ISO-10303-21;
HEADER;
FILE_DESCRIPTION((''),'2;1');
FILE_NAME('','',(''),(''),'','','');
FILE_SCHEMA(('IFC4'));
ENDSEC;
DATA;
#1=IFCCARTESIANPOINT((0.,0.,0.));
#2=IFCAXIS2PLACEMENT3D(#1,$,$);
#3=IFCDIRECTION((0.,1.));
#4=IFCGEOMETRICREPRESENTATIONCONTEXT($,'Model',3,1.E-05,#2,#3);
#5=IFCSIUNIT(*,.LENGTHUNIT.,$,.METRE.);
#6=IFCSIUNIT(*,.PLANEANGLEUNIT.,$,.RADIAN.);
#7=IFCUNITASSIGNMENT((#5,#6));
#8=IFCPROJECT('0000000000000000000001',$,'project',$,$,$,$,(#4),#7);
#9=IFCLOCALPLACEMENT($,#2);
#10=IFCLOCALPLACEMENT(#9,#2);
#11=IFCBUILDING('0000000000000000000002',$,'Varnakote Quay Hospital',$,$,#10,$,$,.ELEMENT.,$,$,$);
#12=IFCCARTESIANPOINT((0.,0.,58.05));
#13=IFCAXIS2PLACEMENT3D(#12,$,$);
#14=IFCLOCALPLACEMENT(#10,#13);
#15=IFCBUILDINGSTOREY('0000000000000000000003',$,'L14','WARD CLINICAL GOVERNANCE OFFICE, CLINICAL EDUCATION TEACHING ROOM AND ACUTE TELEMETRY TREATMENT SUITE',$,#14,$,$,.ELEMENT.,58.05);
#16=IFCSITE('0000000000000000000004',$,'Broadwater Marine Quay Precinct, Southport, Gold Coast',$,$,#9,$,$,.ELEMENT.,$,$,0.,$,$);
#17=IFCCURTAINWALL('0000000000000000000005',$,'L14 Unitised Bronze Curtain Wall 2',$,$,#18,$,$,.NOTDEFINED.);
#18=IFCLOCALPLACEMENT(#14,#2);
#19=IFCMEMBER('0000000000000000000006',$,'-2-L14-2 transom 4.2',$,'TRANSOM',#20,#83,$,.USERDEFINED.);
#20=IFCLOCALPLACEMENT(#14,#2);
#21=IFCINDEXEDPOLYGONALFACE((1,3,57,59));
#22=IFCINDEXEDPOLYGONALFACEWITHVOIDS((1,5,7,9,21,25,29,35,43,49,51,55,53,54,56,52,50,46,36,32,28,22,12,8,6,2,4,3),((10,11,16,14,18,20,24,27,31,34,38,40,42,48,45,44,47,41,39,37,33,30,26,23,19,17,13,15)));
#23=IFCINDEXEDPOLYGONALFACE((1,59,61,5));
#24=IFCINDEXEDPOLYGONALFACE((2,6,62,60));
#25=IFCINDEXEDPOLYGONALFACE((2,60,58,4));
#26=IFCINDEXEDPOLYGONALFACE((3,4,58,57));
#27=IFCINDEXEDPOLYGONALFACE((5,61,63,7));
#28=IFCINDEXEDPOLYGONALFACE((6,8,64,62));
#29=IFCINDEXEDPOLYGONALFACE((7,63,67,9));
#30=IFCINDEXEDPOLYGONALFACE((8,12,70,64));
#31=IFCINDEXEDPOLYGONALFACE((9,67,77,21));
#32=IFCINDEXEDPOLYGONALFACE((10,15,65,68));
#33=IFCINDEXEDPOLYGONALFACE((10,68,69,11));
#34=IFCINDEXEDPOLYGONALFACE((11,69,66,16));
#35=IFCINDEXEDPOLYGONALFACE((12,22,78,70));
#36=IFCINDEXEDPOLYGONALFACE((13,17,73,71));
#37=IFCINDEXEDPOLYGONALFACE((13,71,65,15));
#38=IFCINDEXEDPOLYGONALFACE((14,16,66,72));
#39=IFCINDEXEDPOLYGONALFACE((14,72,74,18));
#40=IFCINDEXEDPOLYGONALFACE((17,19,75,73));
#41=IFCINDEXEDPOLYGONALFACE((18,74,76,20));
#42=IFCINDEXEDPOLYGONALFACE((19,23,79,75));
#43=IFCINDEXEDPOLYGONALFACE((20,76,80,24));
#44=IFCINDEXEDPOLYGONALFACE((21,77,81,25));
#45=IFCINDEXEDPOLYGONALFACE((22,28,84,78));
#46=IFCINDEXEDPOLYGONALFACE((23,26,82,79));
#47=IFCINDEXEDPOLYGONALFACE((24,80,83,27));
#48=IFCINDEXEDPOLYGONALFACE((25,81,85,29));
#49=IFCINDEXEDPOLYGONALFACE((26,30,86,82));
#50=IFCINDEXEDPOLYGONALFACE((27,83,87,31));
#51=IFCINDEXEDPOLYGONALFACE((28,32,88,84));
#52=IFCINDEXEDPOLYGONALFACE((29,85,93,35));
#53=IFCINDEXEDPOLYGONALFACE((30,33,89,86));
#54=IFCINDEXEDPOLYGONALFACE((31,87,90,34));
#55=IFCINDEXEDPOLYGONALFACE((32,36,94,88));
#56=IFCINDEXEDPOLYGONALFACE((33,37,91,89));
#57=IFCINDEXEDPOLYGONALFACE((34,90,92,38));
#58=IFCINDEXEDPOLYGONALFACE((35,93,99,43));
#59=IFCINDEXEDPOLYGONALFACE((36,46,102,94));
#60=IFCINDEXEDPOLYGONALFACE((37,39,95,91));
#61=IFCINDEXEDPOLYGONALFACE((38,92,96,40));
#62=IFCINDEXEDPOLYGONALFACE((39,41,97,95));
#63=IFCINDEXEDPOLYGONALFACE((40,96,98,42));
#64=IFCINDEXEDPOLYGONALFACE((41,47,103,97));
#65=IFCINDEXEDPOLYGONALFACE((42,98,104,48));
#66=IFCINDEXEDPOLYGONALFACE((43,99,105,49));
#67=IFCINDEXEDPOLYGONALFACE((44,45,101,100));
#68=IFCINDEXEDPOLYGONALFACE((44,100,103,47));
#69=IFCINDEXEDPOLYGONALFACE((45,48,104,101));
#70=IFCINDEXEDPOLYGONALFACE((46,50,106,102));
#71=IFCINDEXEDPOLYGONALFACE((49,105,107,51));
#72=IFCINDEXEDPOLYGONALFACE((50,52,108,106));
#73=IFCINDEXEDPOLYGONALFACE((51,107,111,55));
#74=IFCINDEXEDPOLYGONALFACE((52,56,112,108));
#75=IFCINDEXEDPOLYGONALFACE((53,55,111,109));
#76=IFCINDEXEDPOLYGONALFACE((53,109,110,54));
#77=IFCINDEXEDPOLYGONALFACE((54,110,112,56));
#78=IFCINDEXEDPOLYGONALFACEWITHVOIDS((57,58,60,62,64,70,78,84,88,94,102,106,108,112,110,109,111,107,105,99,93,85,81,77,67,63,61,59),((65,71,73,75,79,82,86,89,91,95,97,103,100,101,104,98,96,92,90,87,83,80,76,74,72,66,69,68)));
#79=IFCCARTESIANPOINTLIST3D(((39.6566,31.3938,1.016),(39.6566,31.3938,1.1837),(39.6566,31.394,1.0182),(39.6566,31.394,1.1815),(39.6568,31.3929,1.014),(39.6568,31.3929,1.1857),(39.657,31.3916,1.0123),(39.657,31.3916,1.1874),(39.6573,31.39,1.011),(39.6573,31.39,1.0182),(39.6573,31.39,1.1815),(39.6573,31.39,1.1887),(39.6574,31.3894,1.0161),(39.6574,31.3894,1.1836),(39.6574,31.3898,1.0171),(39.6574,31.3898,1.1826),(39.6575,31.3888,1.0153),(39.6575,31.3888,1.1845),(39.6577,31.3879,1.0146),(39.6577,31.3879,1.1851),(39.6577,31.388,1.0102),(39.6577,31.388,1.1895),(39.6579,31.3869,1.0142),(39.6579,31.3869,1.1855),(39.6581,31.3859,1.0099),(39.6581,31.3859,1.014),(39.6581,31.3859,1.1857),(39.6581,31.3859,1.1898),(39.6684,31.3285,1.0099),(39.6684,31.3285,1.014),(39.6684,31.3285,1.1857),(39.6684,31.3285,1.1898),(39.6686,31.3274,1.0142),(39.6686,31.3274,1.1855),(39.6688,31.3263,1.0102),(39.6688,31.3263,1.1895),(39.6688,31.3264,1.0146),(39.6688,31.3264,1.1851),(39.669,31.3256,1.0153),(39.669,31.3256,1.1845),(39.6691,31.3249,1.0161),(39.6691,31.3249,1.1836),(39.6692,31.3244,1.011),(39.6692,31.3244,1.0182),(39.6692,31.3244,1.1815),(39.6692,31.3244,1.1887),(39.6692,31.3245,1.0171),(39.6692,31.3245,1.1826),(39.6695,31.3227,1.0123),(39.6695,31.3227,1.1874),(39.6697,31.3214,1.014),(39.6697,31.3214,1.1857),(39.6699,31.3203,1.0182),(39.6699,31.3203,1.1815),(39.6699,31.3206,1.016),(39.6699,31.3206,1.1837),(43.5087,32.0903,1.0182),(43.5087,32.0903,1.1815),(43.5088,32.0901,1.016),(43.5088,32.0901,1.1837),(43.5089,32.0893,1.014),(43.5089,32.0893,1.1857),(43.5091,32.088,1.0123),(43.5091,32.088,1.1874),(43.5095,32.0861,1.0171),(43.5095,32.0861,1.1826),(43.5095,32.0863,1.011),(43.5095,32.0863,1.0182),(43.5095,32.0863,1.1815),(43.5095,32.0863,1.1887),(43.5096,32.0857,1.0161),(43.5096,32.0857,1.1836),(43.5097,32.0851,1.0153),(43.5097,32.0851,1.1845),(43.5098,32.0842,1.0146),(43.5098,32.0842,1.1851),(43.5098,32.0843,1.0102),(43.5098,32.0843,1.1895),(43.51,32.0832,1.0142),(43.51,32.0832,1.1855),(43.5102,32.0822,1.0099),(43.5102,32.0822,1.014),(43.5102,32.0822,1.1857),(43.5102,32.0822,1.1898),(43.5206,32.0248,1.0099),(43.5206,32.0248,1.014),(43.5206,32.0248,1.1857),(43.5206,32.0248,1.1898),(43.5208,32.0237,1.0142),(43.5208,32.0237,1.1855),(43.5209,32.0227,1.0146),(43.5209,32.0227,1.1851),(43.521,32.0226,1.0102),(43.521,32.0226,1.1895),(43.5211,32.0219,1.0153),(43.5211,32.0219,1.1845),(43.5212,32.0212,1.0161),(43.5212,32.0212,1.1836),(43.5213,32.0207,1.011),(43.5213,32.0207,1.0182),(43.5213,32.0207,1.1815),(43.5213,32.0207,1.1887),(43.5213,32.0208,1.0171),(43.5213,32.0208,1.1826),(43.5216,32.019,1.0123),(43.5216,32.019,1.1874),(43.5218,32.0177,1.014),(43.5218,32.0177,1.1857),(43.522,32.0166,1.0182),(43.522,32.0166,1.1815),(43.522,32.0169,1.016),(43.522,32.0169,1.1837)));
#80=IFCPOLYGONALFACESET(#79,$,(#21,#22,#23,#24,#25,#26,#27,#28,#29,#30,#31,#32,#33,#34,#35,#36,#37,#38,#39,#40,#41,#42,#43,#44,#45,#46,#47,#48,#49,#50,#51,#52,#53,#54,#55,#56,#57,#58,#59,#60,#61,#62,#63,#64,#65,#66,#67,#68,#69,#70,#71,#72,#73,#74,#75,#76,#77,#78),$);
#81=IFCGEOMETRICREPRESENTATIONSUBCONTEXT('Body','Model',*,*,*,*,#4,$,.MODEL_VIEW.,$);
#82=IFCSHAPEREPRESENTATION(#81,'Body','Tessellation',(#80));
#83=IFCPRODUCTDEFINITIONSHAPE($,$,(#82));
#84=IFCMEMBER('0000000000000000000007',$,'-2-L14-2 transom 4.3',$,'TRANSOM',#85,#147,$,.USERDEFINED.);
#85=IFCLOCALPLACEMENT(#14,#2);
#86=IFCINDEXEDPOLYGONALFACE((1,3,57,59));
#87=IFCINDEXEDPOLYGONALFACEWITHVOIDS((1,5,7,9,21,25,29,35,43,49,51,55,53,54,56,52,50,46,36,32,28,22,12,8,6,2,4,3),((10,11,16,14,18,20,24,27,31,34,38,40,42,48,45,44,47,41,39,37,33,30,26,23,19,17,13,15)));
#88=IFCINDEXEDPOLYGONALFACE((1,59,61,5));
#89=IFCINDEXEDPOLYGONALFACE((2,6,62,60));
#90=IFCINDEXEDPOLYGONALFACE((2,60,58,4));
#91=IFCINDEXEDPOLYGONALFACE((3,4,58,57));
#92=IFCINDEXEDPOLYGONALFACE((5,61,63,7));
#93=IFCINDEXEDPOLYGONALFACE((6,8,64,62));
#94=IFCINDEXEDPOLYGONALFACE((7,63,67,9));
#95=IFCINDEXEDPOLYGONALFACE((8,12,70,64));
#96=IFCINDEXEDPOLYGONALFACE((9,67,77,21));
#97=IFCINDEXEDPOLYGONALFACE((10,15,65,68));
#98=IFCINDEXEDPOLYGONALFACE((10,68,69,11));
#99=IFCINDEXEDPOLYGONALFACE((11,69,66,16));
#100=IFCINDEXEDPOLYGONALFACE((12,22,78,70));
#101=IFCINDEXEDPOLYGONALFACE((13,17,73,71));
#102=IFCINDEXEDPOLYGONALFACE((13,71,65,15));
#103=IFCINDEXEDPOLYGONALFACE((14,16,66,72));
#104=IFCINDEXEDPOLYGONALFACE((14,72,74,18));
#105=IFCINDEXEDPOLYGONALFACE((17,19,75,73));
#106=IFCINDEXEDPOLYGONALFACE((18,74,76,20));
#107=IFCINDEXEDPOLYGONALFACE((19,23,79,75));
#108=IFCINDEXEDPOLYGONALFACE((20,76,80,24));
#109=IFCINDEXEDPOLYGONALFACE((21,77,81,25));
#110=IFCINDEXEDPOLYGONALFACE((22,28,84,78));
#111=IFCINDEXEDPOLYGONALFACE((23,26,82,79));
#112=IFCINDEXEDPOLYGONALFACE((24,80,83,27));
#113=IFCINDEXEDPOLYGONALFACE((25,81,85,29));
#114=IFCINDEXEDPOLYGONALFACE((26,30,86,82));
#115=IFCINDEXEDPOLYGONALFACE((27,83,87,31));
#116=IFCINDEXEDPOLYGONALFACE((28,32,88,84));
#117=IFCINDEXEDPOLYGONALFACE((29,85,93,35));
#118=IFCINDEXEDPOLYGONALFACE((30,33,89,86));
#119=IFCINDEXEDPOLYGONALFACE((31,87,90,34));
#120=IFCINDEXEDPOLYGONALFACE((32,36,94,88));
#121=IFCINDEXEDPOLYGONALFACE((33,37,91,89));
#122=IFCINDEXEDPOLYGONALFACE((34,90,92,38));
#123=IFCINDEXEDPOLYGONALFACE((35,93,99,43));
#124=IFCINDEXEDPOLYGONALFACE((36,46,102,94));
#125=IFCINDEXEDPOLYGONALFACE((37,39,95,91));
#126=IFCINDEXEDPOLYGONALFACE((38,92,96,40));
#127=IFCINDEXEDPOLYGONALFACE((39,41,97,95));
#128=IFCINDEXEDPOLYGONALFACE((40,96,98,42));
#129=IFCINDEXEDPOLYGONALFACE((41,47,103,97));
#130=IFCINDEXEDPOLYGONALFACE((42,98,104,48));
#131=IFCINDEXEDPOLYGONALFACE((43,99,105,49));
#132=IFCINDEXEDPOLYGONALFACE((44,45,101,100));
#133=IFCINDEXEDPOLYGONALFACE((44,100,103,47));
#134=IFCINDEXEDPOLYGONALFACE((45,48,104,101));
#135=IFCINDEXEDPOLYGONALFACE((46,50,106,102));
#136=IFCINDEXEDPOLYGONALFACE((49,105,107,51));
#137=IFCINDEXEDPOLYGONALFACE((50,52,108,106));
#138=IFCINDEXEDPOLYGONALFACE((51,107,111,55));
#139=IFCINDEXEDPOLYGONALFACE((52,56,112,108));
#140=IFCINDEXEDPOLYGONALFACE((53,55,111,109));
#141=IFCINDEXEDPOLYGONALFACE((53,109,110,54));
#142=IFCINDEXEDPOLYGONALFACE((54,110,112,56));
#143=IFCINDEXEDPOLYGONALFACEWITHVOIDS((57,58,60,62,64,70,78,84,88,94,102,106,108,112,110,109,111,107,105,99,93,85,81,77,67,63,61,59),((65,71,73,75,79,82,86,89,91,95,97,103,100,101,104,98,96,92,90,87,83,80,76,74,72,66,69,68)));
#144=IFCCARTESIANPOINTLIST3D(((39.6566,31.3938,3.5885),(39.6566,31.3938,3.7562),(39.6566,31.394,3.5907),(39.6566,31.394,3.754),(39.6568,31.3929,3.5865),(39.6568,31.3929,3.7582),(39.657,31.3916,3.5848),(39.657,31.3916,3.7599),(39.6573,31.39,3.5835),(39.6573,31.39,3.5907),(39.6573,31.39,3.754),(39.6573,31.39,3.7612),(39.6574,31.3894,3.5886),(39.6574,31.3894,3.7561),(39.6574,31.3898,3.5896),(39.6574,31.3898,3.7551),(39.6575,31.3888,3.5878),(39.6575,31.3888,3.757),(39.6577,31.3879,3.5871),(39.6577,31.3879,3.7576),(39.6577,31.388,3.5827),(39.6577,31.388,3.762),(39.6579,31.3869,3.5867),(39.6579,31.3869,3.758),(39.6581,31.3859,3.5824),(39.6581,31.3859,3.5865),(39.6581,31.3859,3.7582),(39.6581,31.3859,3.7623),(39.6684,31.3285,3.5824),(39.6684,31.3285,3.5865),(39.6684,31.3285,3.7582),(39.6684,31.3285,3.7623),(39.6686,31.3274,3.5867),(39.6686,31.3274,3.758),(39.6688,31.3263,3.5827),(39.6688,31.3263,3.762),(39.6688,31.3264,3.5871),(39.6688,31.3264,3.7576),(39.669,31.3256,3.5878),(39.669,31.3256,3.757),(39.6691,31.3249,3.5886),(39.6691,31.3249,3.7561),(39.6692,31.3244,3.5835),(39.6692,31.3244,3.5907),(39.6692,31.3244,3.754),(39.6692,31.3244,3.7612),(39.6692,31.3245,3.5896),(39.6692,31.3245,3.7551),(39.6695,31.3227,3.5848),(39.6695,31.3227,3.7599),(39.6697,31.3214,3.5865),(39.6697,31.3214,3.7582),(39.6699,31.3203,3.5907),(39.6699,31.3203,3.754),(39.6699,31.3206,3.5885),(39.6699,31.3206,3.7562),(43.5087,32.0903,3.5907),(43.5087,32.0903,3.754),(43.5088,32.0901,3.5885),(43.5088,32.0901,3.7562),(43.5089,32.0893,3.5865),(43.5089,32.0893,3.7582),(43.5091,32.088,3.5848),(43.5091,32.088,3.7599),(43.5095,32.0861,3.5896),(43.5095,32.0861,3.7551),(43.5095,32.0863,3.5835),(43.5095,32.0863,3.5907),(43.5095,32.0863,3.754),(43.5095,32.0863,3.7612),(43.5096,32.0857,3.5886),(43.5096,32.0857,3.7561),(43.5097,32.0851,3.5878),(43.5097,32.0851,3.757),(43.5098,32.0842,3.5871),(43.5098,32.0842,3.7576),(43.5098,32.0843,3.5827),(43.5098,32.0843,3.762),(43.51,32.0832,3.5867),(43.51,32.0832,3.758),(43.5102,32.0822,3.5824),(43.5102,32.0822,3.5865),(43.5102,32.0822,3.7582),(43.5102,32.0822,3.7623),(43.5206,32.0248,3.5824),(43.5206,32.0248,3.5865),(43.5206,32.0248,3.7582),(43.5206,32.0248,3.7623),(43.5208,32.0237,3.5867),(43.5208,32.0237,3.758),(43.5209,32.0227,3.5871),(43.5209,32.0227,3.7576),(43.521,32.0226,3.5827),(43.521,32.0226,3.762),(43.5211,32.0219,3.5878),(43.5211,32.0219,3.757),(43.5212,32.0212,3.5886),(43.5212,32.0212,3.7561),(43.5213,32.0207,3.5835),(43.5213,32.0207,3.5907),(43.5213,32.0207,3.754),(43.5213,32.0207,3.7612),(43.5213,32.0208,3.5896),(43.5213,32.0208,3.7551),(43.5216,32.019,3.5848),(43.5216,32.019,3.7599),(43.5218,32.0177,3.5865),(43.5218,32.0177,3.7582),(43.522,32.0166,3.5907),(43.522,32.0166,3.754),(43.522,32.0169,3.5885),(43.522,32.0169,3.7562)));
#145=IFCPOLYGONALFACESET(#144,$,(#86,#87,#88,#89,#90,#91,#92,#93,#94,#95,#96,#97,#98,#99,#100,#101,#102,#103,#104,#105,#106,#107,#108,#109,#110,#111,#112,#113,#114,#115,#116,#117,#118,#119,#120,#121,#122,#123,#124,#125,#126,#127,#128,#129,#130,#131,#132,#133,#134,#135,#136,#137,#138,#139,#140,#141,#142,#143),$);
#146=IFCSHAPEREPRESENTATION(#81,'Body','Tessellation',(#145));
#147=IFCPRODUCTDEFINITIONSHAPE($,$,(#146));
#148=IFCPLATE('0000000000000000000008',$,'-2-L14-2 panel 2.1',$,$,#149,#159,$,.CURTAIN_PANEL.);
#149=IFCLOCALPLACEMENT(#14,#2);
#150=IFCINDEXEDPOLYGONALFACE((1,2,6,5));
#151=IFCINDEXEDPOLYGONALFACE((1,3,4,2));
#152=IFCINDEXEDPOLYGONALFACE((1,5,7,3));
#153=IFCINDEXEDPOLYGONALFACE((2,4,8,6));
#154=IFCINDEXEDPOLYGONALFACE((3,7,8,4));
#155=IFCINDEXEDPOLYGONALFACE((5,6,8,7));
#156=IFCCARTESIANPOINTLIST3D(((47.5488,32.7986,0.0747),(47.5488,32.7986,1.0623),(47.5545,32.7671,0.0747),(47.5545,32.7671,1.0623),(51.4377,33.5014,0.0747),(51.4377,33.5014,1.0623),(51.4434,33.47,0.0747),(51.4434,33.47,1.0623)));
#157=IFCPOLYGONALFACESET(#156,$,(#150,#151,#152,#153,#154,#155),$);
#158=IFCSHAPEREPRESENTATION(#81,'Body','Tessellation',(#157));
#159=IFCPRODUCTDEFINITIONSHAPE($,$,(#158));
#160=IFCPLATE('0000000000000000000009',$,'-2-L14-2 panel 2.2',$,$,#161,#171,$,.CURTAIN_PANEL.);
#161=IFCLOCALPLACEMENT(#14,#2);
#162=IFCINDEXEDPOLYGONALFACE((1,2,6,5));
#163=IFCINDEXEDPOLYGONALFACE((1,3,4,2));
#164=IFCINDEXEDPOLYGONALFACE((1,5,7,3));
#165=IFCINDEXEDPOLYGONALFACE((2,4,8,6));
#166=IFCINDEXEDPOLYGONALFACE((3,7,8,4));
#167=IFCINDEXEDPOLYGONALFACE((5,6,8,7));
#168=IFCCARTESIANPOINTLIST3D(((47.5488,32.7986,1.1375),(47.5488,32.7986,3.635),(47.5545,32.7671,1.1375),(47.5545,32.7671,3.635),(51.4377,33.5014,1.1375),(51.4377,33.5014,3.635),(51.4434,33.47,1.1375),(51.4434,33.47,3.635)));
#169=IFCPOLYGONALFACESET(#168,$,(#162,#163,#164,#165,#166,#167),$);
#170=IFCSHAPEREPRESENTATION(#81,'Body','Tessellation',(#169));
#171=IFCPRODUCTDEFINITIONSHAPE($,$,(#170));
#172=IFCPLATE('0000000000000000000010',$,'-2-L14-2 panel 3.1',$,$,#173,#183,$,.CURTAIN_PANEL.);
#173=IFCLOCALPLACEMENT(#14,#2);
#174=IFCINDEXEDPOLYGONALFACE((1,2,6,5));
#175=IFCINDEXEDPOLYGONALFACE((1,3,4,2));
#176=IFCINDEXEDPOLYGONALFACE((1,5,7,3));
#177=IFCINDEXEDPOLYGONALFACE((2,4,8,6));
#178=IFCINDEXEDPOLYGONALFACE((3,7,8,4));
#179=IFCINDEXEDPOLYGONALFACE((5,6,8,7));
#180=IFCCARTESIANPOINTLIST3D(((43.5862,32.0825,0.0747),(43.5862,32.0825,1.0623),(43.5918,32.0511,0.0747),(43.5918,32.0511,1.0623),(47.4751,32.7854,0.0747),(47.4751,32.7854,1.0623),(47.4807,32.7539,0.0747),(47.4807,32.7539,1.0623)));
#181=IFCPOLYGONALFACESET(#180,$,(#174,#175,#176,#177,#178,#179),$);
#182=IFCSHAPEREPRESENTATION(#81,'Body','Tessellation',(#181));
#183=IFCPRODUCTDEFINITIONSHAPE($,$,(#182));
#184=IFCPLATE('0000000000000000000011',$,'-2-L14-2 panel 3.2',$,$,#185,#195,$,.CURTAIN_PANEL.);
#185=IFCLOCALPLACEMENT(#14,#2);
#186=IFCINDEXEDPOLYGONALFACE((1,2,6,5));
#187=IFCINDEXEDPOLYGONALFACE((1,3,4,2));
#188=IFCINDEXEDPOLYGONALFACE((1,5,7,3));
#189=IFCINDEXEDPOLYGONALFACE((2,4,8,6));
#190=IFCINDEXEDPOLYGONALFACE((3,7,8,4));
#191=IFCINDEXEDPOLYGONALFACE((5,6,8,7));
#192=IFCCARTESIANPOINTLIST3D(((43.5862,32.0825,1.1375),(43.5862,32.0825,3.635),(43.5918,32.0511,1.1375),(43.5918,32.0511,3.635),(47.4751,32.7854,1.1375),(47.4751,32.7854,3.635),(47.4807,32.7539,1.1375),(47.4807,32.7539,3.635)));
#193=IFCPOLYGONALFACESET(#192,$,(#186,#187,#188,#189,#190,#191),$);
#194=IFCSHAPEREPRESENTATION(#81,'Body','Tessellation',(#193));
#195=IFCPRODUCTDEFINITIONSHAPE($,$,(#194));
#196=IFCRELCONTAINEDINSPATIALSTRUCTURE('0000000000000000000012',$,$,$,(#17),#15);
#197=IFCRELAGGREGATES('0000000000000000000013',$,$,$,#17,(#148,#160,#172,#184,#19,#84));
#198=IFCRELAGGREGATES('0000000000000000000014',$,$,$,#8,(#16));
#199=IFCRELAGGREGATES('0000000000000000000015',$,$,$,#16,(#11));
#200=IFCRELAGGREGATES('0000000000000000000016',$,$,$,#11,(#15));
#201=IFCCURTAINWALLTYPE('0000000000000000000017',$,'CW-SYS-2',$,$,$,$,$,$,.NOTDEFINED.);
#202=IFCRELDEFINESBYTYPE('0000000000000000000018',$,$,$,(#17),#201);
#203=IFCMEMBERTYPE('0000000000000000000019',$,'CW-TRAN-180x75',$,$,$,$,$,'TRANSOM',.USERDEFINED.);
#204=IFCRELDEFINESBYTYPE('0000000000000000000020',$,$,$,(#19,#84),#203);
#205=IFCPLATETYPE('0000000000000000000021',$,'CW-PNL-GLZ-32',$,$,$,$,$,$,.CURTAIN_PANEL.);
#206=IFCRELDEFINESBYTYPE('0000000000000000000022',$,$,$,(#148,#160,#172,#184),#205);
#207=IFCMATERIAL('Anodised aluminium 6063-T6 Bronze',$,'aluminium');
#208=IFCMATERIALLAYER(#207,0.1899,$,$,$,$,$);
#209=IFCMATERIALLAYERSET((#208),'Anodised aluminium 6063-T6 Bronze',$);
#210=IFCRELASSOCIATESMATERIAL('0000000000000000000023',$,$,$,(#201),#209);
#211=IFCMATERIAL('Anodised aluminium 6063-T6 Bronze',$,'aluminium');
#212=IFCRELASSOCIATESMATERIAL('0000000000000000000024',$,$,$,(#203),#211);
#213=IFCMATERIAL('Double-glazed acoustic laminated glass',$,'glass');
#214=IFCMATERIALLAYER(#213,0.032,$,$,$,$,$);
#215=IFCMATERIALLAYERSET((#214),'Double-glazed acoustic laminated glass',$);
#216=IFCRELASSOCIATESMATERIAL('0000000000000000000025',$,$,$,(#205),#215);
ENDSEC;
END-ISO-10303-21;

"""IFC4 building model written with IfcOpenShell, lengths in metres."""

from ifc_helpers import new_model, si_unit, direction, frame, origin, origin_2d, place, context, subcontext, project, spatial, rectangle, hollow_rectangle, extrude, material, layer, layer_set, material_profile, profile_set, type_object, element, aggregate, save


model = new_model("IFC4")

# Units and contexts
model_context = context("Model", 3, precision=1e-05, world=origin(), true_north=direction((0.0, 1.0)))
body_context = subcontext(model_context, "Body", "Model", "MODEL_VIEW")
ifc_project = project(units=[si_unit("LENGTHUNIT", "METRE"), si_unit("PLANEANGLEUNIT", "RADIAN")], contexts=[model_context])

# Site, building, storey
site_placement = place(None, origin())
site = spatial("IfcSite", under=ifc_project, at=site_placement, Name="Broadwater Marine Quay Precinct, Southport, Gold Coast", CompositionType="ELEMENT", RefElevation=0.0)
building_placement = place(site_placement, origin())
building = spatial("IfcBuilding", under=site, at=building_placement, Name="Varnakote Quay Hospital", CompositionType="ELEMENT")
storey_placement = place(building_placement, frame((0.0, 0.0, 58.05)))
storey = spatial("IfcBuildingStorey", under=building, at=storey_placement, Name="L14", Description="WARD CLINICAL GOVERNANCE OFFICE, CLINICAL EDUCATION TEACHING ROOM AND ACUTE TELEMETRY TREATMENT SUITE", CompositionType="ELEMENT", Elevation=58.05)

# Curtain wall, members, plates
ifc_material_1 = material(Name="Anodised aluminium 6063-T6 Bronze", Category="aluminium")
ifc_layer_1 = layer(ifc_material_1, 0.1899)
ifc_layer_set_1 = layer_set([ifc_layer_1], Name="Anodised aluminium 6063-T6 Bronze")
curtain_wall_type = type_object("IfcCurtainWallType", Name="CW-SYS-2", PredefinedType="NOTDEFINED", material=ifc_layer_set_1)
curtain_wall_placement = place(storey_placement, origin())
curtain_wall = element("IfcCurtainWall", 1, at=curtain_wall_placement, inside=storey, type_object=curtain_wall_type, Name="L14 Unitised Bronze Curtain Wall 2", PredefinedType="NOTDEFINED")
ifc_material_2 = material(Name="Anodised aluminium 6063-T6 Bronze", Category="aluminium")
ifc_material_profile_1 = material_profile(ifc_material_2, hollow_rectangle(XDim=0.075, YDim=0.1799, WallThickness=0.0042, InnerFilletRadius=0.0042, OuterFilletRadius=0.0083, at=origin_2d()), Name="CW-TRAN-180x75")
ifc_profile_set_1 = profile_set([ifc_material_profile_1], Name="Anodised aluminium 6063-T6 Bronze")
member_type_1 = type_object("IfcMemberType", Name="CW-TRAN-180x75", ElementType="TRANSOM", PredefinedType="USERDEFINED", material=ifc_profile_set_1)
member_1_placement = place(storey_placement, frame((43.5154, 32.0535, 1.0999), z_axis=(-0.984053, -0.177875, 0.0), x_axis=(0.177875, -0.984053, 0.0)))
member_1 = element("IfcMember", 2, at=member_1_placement, type_object=member_type_1, Name="-2-L14-2 transom 4.2", ObjectType="TRANSOM", PredefinedType="USERDEFINED", context=body_context, shape_type="SweptSolid", body=[
    extrude(hollow_rectangle(XDim=0.075, YDim=0.1799, WallThickness=0.0042, InnerFilletRadius=0.0042, OuterFilletRadius=0.0083, at=origin_2d()), origin(), (0.0, 0.0, 1.0), 3.9146),
])
member_2_placement = place(storey_placement, frame((43.5154, 32.0535, 3.6724), z_axis=(-0.984053, -0.177875, 0.0), x_axis=(0.177875, -0.984053, 0.0)))
member_2 = element("IfcMember", 3, at=member_2_placement, type_object=member_type_1, Name="-2-L14-2 transom 4.3", ObjectType="TRANSOM", PredefinedType="USERDEFINED", context=body_context, shape_type="SweptSolid", body=[
    extrude(hollow_rectangle(XDim=0.075, YDim=0.1799, WallThickness=0.0042, InnerFilletRadius=0.0042, OuterFilletRadius=0.0083, at=origin_2d()), origin(), (0.0, 0.0, 1.0), 3.9146),
])
ifc_material_3 = material(Name="Double-glazed acoustic laminated glass", Category="glass")
ifc_layer_2 = layer(ifc_material_3, 0.032)
ifc_layer_set_2 = layer_set([ifc_layer_2], Name="Double-glazed acoustic laminated glass")
plate_type = type_object("IfcPlateType", Name="CW-PNL-GLZ-32", PredefinedType="CURTAIN_PANEL", material=ifc_layer_set_2)
plate_1_placement = place(storey_placement, frame((49.4961, 33.1343, 0.0747), z_axis=(0.0, 0.0, 1.0), x_axis=(-0.984058, -0.177846, 0.0)))
plate_1 = element("IfcPlate", 4, at=plate_1_placement, type_object=plate_type, Name="-2-L14-2 panel 2.1", PredefinedType="CURTAIN_PANEL", context=body_context, shape_type="SweptSolid", body=[
    extrude(rectangle(XDim=3.9519, YDim=0.032, at=origin_2d()), origin(), (0.0, 0.0, 1.0), 0.9875),
])
plate_2_placement = place(storey_placement, frame((49.4961, 33.1343, 1.1375), z_axis=(0.0, 0.0, 1.0), x_axis=(-0.984058, -0.177846, 0.0)))
plate_2 = element("IfcPlate", 5, at=plate_2_placement, type_object=plate_type, Name="-2-L14-2 panel 2.2", PredefinedType="CURTAIN_PANEL", context=body_context, shape_type="SweptSolid", body=[
    extrude(rectangle(XDim=3.9519, YDim=0.032, at=origin_2d()), origin(), (0.0, 0.0, 1.0), 2.4976),
])
plate_3_placement = place(storey_placement, frame((45.5334, 32.4182, 0.0747), z_axis=(0.0, 0.0, 1.0), x_axis=(-0.984058, -0.177846, 0.0)))
plate_3 = element("IfcPlate", 6, at=plate_3_placement, type_object=plate_type, Name="-2-L14-2 panel 3.1", PredefinedType="CURTAIN_PANEL", context=body_context, shape_type="SweptSolid", body=[
    extrude(rectangle(XDim=3.9519, YDim=0.032, at=origin_2d()), origin(), (0.0, 0.0, 1.0), 0.9875),
])
plate_4_placement = place(storey_placement, frame((45.5334, 32.4182, 1.1375), z_axis=(0.0, 0.0, 1.0), x_axis=(-0.984058, -0.177846, 0.0)))
plate_4 = element("IfcPlate", 7, at=plate_4_placement, type_object=plate_type, Name="-2-L14-2 panel 3.2", PredefinedType="CURTAIN_PANEL", context=body_context, shape_type="SweptSolid", body=[
    extrude(rectangle(XDim=3.9519, YDim=0.032, at=origin_2d()), origin(), (0.0, 0.0, 1.0), 2.4976),
])
aggregate(curtain_wall, [plate_1, plate_2, plate_3, plate_4, member_1, member_2])

save(model, "model.ifc")
